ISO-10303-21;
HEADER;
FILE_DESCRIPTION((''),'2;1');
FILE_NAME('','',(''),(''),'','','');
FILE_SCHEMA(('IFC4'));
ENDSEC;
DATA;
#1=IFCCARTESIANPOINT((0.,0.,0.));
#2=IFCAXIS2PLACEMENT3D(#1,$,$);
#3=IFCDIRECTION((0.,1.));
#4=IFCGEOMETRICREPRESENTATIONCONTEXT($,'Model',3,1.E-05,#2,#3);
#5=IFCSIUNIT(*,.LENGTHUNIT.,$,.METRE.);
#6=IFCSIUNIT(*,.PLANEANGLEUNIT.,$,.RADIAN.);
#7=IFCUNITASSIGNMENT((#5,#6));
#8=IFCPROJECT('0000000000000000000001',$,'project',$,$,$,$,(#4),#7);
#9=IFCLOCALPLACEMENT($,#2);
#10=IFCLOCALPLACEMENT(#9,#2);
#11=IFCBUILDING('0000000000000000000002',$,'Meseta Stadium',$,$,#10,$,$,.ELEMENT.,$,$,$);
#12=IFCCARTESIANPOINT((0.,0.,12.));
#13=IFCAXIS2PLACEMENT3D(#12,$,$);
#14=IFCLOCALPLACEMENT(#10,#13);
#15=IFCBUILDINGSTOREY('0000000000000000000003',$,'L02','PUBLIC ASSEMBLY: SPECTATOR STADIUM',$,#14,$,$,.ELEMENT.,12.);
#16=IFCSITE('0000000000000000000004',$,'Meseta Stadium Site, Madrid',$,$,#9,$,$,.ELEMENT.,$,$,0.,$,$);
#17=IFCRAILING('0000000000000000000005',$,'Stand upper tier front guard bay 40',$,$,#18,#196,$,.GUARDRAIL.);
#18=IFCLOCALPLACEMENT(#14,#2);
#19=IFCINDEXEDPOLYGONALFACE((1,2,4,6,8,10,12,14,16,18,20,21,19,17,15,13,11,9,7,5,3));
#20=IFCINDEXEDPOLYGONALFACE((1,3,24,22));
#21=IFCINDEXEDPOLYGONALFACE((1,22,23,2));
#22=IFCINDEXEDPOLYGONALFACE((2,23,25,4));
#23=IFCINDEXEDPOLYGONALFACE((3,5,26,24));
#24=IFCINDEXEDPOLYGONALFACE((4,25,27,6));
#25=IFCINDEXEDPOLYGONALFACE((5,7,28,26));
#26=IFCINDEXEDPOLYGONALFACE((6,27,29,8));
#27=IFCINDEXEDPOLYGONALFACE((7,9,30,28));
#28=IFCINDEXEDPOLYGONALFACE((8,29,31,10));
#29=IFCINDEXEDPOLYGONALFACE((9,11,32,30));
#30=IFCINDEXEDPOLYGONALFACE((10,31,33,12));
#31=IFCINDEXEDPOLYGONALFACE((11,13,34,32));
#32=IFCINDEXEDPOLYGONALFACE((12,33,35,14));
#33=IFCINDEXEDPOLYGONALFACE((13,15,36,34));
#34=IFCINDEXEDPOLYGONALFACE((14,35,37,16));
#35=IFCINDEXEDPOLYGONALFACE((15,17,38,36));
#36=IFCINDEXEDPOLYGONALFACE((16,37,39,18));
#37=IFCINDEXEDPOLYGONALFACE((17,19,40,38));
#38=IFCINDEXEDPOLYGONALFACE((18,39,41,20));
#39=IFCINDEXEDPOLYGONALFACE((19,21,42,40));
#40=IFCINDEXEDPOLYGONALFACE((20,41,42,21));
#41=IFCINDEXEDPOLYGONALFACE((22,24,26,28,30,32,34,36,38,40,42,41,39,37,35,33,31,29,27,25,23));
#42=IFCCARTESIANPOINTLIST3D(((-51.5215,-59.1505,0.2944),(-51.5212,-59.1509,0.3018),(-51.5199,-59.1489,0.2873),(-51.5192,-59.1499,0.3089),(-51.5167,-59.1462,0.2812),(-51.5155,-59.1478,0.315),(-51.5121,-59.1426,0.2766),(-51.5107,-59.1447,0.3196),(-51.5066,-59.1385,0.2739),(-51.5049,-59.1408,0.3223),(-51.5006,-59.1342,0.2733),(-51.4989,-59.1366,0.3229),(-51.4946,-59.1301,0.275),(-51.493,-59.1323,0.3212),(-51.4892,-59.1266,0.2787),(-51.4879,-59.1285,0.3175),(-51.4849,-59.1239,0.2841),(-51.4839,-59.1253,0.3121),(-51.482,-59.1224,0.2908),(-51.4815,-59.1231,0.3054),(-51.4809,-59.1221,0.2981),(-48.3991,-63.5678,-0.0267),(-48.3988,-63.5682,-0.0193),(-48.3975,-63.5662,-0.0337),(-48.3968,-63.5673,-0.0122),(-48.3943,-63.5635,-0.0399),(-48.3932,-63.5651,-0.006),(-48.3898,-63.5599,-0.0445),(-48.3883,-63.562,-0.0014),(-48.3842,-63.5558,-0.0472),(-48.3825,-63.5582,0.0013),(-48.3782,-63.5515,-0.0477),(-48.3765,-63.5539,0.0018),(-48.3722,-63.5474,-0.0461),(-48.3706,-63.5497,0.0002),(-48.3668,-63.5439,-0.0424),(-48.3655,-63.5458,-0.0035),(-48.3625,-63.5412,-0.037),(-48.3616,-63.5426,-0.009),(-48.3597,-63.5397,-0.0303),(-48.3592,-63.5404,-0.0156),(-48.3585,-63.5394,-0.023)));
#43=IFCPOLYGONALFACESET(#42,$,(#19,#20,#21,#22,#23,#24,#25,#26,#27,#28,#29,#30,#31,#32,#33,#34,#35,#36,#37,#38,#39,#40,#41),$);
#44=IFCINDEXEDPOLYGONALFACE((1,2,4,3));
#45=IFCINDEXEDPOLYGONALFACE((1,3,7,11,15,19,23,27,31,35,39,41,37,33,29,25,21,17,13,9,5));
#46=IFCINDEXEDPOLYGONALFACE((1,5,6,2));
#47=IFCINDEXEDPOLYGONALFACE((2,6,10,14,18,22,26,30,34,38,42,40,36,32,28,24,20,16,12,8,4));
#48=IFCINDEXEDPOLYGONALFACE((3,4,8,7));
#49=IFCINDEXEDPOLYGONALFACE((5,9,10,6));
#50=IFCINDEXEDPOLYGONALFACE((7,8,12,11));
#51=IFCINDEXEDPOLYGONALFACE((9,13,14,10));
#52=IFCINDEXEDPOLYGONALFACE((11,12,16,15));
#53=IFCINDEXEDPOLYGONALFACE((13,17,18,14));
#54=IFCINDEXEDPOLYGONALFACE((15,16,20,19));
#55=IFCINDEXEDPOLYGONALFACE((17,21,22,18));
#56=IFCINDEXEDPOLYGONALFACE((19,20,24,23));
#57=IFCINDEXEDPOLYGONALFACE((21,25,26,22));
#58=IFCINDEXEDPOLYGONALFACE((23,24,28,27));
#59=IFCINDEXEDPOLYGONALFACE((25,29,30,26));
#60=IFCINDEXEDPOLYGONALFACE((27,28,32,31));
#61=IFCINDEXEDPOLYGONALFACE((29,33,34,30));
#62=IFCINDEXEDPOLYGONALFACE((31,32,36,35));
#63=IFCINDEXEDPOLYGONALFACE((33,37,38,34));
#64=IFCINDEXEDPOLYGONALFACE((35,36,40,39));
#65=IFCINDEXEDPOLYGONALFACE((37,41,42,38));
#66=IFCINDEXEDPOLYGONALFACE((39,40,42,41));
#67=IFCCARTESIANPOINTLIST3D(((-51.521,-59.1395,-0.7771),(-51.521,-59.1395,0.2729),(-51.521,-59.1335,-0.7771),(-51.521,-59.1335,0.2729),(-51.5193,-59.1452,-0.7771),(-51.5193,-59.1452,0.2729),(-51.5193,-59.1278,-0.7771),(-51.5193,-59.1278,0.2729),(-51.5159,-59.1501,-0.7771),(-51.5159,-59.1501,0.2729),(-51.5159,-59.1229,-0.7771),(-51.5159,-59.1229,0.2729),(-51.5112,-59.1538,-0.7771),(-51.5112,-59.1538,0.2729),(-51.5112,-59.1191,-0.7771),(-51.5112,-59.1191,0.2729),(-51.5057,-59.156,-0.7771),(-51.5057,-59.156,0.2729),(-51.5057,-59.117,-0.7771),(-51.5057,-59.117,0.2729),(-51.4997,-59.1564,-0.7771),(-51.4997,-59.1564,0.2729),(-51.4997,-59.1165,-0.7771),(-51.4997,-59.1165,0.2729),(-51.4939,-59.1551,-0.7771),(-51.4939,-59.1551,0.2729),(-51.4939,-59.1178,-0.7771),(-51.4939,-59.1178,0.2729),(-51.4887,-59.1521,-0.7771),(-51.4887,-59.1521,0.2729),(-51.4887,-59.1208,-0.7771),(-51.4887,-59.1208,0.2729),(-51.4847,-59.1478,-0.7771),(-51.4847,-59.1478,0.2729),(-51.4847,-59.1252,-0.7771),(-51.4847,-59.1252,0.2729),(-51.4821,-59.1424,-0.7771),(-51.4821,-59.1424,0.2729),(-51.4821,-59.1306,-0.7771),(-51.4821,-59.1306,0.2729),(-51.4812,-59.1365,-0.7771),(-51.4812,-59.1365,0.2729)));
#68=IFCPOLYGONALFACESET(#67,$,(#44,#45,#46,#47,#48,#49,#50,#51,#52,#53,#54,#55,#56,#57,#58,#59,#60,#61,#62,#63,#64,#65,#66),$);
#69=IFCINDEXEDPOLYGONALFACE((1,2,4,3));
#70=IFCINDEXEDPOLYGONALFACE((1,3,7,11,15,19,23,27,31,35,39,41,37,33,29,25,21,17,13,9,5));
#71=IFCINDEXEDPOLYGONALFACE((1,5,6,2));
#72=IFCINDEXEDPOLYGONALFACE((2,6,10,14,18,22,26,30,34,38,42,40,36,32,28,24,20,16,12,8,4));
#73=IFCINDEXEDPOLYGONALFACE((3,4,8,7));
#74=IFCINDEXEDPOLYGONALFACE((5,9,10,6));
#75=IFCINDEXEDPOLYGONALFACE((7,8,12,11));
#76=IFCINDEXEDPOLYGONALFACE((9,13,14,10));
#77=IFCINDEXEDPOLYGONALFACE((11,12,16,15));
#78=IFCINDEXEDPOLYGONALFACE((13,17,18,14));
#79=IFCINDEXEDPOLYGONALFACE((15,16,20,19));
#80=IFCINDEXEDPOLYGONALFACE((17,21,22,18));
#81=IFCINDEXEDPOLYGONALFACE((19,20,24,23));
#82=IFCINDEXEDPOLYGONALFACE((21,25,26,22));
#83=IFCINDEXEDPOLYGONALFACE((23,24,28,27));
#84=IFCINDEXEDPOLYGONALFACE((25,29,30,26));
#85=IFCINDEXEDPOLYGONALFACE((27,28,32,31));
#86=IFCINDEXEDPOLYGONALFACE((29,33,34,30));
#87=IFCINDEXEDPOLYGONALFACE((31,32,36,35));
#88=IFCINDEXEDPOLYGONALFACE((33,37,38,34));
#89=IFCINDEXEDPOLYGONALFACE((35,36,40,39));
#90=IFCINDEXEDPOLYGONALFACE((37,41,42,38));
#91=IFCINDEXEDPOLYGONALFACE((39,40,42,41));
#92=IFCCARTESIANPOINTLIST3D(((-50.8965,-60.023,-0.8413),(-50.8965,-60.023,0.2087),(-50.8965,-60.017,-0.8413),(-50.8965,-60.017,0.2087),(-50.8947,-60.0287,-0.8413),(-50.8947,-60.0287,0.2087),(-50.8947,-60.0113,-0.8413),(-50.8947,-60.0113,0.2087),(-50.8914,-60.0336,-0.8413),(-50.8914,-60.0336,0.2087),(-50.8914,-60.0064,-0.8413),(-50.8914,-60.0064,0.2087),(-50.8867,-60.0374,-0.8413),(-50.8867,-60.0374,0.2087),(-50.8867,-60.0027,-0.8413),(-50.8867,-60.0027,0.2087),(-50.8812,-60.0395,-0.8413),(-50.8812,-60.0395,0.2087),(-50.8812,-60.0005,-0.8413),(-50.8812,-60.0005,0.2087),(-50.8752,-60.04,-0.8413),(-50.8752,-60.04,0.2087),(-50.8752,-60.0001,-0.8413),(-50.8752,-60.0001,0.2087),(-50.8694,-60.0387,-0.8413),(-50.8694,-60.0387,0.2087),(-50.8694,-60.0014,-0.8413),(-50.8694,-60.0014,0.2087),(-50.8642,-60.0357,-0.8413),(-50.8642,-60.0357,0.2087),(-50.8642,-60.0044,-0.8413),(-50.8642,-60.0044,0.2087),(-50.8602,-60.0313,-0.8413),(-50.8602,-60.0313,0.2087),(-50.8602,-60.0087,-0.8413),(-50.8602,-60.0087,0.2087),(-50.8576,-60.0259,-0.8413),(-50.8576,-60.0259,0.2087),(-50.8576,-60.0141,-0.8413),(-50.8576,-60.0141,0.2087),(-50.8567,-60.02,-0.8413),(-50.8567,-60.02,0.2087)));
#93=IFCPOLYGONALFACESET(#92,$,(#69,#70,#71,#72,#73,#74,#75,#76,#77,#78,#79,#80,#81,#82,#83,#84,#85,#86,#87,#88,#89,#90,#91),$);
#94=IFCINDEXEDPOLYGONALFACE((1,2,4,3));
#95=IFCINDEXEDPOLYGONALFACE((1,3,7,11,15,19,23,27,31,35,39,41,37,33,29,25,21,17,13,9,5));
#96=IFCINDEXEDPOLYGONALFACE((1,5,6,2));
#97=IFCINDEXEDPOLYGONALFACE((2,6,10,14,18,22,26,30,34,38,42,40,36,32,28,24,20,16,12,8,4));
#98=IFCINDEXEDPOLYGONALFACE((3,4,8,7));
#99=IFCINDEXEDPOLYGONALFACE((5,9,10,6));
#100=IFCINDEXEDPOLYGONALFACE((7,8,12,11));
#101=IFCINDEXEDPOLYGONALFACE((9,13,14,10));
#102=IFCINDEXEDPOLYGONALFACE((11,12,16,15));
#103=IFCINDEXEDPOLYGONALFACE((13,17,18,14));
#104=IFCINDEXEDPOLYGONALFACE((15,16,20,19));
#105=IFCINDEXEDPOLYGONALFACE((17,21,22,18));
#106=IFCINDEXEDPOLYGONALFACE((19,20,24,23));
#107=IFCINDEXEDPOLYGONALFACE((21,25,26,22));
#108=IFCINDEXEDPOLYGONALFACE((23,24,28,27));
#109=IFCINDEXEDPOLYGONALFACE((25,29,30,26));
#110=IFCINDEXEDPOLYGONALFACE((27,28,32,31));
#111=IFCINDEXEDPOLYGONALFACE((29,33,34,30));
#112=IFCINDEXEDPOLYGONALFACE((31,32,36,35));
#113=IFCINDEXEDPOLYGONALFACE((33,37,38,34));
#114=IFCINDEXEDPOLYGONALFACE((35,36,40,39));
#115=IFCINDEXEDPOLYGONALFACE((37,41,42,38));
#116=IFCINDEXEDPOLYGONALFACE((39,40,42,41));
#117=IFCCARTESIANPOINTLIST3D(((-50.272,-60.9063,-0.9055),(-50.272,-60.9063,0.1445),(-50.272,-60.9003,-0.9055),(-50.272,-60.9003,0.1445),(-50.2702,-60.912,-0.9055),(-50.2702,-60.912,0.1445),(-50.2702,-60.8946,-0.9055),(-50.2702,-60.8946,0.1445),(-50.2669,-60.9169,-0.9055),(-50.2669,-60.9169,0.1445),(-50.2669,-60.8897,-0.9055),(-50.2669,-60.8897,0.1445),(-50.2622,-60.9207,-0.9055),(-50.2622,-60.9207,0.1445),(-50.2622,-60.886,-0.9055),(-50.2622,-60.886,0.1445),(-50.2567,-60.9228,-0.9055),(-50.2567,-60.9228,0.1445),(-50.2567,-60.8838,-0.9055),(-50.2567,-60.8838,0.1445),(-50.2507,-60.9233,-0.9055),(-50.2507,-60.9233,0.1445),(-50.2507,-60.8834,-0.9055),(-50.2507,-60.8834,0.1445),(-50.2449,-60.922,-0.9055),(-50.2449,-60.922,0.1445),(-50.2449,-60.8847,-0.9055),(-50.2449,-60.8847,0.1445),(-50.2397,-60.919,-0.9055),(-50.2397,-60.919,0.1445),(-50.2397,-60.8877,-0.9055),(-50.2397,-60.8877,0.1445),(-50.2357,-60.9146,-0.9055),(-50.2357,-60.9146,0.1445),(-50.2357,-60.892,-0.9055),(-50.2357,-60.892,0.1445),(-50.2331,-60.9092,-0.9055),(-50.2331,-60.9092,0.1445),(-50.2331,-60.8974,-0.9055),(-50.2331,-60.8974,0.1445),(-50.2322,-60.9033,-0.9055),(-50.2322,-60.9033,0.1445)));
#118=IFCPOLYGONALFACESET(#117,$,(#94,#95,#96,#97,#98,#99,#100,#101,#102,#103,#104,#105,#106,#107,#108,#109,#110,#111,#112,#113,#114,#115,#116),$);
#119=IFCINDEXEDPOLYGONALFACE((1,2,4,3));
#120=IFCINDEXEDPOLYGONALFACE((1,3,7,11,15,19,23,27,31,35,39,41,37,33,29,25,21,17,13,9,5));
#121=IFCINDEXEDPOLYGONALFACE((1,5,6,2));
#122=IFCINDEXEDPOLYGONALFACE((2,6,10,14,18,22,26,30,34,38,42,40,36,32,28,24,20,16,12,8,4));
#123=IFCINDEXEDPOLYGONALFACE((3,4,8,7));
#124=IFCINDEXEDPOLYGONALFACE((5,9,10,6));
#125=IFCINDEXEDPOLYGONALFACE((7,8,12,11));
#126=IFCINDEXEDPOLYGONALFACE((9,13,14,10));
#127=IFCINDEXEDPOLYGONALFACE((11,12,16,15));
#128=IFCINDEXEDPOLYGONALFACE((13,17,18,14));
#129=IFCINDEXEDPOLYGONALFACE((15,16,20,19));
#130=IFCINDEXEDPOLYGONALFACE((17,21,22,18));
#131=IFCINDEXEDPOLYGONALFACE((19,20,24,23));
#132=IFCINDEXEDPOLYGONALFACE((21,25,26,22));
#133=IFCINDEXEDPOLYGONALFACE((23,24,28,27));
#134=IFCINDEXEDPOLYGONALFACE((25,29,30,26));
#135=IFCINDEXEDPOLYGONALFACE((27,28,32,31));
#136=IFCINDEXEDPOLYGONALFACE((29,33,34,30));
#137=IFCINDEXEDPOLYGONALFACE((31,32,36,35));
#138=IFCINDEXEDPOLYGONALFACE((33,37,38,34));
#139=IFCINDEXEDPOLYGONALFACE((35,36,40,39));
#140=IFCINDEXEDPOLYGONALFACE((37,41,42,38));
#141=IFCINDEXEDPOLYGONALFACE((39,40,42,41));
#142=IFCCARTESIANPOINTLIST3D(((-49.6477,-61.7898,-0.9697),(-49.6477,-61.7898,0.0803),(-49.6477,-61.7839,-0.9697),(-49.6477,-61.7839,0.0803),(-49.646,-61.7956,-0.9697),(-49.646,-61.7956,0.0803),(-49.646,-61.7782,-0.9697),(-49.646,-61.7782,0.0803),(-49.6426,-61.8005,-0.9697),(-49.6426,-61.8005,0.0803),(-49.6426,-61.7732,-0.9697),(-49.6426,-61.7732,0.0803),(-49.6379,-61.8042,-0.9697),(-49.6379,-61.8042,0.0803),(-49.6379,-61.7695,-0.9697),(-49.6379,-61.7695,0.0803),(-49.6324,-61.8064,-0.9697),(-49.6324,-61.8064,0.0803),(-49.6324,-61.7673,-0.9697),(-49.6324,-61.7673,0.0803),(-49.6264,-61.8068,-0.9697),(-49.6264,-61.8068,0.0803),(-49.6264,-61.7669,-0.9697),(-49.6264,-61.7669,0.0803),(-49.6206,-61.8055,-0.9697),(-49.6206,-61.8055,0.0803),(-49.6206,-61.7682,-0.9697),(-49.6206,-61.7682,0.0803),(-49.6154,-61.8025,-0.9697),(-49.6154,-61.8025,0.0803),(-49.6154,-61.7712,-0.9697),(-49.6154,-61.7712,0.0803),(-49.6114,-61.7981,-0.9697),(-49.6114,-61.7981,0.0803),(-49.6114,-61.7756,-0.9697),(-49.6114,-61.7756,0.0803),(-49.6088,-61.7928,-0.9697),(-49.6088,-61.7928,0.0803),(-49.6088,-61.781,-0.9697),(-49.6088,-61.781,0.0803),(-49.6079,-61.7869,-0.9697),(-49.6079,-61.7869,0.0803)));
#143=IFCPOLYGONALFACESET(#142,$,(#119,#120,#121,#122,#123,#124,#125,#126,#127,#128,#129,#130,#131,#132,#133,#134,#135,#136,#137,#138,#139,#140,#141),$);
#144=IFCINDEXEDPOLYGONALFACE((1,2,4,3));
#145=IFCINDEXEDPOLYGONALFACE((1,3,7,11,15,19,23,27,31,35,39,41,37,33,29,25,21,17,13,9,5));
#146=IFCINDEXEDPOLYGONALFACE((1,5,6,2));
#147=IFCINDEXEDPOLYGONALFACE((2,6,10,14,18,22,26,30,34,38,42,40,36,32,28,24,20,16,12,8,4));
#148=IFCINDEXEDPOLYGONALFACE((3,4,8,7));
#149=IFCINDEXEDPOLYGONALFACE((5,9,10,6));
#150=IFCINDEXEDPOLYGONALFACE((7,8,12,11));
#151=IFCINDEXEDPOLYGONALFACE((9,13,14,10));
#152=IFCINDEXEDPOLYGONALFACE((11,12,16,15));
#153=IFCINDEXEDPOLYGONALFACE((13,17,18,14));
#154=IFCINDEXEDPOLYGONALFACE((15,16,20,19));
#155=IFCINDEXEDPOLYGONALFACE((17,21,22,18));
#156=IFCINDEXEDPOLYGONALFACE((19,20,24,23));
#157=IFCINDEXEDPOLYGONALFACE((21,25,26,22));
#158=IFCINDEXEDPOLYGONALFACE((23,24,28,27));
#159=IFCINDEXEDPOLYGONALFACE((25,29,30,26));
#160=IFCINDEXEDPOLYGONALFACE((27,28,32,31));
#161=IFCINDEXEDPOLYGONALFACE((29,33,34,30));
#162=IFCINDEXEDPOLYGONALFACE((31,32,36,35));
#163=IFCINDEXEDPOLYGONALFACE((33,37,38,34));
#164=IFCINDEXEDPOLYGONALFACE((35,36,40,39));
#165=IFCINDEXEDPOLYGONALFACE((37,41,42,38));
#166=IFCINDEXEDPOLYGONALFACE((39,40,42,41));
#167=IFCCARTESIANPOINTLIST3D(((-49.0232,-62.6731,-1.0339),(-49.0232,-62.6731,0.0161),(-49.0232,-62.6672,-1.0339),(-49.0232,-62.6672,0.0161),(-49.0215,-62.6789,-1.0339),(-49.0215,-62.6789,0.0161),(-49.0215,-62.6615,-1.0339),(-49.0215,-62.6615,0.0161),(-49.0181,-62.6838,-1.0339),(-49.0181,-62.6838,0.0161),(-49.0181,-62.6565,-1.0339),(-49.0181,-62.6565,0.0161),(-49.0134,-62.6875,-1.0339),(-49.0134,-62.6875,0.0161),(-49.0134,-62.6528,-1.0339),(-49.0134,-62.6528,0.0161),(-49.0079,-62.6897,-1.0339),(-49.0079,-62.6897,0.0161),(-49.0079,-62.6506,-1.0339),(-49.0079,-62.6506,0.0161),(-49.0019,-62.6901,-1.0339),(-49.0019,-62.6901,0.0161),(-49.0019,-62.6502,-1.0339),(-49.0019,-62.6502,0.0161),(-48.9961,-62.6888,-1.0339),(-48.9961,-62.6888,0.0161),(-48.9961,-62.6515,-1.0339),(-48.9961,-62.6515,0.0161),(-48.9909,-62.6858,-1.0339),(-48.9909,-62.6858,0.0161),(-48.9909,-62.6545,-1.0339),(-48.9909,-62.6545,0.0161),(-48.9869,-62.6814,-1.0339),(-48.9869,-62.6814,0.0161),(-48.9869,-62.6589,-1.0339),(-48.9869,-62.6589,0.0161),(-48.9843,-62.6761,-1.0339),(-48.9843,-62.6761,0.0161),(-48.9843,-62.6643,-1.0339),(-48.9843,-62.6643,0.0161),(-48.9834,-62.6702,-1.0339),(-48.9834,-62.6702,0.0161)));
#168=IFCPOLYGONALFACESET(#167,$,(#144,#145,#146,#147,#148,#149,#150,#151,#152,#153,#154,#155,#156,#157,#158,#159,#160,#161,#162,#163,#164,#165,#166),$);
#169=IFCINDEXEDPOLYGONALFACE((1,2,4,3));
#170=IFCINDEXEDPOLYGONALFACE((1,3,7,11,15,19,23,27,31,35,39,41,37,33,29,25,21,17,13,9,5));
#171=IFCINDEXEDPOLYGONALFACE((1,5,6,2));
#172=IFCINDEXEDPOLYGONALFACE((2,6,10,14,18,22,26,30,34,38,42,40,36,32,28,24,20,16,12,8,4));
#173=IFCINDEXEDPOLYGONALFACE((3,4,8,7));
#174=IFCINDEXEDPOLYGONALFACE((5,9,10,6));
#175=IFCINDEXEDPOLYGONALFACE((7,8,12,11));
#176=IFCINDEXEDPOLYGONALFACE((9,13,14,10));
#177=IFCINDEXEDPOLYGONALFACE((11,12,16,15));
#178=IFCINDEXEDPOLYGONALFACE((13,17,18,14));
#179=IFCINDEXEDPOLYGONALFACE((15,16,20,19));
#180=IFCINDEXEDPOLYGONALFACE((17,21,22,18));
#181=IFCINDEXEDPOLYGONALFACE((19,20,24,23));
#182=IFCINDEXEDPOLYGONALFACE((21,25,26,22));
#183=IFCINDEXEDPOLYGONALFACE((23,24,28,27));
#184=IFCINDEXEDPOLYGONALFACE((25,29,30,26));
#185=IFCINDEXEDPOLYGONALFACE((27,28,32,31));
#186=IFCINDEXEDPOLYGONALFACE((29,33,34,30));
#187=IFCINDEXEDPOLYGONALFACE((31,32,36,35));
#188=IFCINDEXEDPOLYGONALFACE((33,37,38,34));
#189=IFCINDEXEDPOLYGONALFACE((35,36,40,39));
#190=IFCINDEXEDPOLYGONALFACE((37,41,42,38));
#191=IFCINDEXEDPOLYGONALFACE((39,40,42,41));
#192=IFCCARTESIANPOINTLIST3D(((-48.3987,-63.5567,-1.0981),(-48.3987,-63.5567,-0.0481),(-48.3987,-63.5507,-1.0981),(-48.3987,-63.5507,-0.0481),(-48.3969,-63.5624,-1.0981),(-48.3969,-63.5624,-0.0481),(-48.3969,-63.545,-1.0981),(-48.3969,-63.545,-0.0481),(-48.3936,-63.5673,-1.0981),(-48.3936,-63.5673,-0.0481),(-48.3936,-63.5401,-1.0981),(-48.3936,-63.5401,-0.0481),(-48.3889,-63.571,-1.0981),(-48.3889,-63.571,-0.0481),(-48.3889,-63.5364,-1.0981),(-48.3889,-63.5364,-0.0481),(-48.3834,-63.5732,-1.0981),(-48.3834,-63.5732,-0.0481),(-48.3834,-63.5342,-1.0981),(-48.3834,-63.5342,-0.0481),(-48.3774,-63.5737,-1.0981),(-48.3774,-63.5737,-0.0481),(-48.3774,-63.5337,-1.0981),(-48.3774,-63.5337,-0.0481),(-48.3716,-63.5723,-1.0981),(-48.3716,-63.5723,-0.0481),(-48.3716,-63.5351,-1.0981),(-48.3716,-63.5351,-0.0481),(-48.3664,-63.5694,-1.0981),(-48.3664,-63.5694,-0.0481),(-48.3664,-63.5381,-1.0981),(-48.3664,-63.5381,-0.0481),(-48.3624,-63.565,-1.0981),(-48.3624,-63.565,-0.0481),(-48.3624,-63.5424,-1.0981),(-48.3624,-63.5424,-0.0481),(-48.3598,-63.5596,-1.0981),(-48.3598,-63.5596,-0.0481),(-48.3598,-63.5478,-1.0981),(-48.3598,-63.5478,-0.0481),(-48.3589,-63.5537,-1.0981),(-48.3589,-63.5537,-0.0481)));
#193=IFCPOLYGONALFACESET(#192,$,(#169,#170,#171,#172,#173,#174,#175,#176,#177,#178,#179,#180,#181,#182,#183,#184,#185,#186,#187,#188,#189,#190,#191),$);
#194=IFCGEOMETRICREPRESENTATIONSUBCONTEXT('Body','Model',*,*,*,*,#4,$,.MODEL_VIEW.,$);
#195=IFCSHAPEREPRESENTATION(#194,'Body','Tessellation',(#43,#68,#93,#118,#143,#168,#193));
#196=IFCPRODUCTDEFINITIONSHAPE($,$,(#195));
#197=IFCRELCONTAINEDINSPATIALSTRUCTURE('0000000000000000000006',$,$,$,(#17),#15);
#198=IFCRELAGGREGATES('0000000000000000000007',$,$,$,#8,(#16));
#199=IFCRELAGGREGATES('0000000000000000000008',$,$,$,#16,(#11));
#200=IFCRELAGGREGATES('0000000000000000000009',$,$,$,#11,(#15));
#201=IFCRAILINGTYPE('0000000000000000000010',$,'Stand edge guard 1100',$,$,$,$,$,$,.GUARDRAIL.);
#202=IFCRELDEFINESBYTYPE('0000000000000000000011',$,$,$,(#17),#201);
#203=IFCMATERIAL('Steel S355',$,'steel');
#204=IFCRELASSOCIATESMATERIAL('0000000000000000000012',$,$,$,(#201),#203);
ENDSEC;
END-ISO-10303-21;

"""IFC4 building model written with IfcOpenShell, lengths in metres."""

from ifc_helpers import new_model, si_unit, direction, frame, origin, origin_2d, place, context, subcontext, project, spatial, circle, extrude, material, type_object, element, save


model = new_model("IFC4")

# Units and contexts
model_context = context("Model", 3, precision=1e-05, world=origin(), true_north=direction((0.0, 1.0)))
body_context = subcontext(model_context, "Body", "Model", "MODEL_VIEW")
ifc_project = project(units=[si_unit("LENGTHUNIT", "METRE"), si_unit("PLANEANGLEUNIT", "RADIAN")], contexts=[model_context])

# Site, building, storey
site_placement = place(None, origin())
site = spatial("IfcSite", under=ifc_project, at=site_placement, Name="Meseta Stadium Site, Madrid", CompositionType="ELEMENT", RefElevation=0.0)
building_placement = place(site_placement, origin())
building = spatial("IfcBuilding", under=site, at=building_placement, Name="Meseta Stadium", CompositionType="ELEMENT")
storey_placement = place(building_placement, frame((0.0, 0.0, 12.0)))
storey = spatial("IfcBuildingStorey", under=building, at=storey_placement, Name="L02", Description="PUBLIC ASSEMBLY: SPECTATOR STADIUM", CompositionType="ELEMENT", Elevation=12.0)

# Railing
ifc_material_1 = material(Name="Steel S355", Category="steel")
railing_type = type_object("IfcRailingType", Name="Stand edge guard 1100", PredefinedType="GUARDRAIL", material=ifc_material_1)
railing_1_placement = place(storey_placement, frame((-51.5012, -59.1365, -0.7771)))
element("IfcRailing", 1, at=railing_1_placement, inside=storey, type_object=railing_type, Name="Stand upper tier front guard bay 40", PredefinedType="GUARDRAIL", context=body_context, shape_type="SweptSolid", body=[
    extrude(circle(Radius=0.0249, at=origin_2d()), frame((0.0, 0.0, 1.0752), z_axis=(0.576195, -0.815162, -0.059246), x_axis=(0.816596, 0.577209, 0.0)), (0.0, 0.0, 1.0), 5.4189),
    extrude(circle(Radius=0.02, at=origin_2d()), origin(), (0.0, 0.0, 1.0), 1.05),
    extrude(circle(Radius=0.02, at=origin_2d()), frame((0.6245, -0.8835, -0.0642)), (0.0, 0.0, 1.0), 1.05),
    extrude(circle(Radius=0.02, at=origin_2d()), frame((1.249, -1.7668, -0.1284)), (0.0, 0.0, 1.0), 1.05),
    extrude(circle(Radius=0.02, at=origin_2d()), frame((1.8733, -2.6504, -0.1926)), (0.0, 0.0, 1.0), 1.05),
    extrude(circle(Radius=0.02, at=origin_2d()), frame((2.4978, -3.5337, -0.2568)), (0.0, 0.0, 1.0), 1.05),
    extrude(circle(Radius=0.02, at=origin_2d()), frame((3.1223, -4.4172, -0.321)), (0.0, 0.0, 1.0), 1.05),
])

save(model, "model.ifc")
